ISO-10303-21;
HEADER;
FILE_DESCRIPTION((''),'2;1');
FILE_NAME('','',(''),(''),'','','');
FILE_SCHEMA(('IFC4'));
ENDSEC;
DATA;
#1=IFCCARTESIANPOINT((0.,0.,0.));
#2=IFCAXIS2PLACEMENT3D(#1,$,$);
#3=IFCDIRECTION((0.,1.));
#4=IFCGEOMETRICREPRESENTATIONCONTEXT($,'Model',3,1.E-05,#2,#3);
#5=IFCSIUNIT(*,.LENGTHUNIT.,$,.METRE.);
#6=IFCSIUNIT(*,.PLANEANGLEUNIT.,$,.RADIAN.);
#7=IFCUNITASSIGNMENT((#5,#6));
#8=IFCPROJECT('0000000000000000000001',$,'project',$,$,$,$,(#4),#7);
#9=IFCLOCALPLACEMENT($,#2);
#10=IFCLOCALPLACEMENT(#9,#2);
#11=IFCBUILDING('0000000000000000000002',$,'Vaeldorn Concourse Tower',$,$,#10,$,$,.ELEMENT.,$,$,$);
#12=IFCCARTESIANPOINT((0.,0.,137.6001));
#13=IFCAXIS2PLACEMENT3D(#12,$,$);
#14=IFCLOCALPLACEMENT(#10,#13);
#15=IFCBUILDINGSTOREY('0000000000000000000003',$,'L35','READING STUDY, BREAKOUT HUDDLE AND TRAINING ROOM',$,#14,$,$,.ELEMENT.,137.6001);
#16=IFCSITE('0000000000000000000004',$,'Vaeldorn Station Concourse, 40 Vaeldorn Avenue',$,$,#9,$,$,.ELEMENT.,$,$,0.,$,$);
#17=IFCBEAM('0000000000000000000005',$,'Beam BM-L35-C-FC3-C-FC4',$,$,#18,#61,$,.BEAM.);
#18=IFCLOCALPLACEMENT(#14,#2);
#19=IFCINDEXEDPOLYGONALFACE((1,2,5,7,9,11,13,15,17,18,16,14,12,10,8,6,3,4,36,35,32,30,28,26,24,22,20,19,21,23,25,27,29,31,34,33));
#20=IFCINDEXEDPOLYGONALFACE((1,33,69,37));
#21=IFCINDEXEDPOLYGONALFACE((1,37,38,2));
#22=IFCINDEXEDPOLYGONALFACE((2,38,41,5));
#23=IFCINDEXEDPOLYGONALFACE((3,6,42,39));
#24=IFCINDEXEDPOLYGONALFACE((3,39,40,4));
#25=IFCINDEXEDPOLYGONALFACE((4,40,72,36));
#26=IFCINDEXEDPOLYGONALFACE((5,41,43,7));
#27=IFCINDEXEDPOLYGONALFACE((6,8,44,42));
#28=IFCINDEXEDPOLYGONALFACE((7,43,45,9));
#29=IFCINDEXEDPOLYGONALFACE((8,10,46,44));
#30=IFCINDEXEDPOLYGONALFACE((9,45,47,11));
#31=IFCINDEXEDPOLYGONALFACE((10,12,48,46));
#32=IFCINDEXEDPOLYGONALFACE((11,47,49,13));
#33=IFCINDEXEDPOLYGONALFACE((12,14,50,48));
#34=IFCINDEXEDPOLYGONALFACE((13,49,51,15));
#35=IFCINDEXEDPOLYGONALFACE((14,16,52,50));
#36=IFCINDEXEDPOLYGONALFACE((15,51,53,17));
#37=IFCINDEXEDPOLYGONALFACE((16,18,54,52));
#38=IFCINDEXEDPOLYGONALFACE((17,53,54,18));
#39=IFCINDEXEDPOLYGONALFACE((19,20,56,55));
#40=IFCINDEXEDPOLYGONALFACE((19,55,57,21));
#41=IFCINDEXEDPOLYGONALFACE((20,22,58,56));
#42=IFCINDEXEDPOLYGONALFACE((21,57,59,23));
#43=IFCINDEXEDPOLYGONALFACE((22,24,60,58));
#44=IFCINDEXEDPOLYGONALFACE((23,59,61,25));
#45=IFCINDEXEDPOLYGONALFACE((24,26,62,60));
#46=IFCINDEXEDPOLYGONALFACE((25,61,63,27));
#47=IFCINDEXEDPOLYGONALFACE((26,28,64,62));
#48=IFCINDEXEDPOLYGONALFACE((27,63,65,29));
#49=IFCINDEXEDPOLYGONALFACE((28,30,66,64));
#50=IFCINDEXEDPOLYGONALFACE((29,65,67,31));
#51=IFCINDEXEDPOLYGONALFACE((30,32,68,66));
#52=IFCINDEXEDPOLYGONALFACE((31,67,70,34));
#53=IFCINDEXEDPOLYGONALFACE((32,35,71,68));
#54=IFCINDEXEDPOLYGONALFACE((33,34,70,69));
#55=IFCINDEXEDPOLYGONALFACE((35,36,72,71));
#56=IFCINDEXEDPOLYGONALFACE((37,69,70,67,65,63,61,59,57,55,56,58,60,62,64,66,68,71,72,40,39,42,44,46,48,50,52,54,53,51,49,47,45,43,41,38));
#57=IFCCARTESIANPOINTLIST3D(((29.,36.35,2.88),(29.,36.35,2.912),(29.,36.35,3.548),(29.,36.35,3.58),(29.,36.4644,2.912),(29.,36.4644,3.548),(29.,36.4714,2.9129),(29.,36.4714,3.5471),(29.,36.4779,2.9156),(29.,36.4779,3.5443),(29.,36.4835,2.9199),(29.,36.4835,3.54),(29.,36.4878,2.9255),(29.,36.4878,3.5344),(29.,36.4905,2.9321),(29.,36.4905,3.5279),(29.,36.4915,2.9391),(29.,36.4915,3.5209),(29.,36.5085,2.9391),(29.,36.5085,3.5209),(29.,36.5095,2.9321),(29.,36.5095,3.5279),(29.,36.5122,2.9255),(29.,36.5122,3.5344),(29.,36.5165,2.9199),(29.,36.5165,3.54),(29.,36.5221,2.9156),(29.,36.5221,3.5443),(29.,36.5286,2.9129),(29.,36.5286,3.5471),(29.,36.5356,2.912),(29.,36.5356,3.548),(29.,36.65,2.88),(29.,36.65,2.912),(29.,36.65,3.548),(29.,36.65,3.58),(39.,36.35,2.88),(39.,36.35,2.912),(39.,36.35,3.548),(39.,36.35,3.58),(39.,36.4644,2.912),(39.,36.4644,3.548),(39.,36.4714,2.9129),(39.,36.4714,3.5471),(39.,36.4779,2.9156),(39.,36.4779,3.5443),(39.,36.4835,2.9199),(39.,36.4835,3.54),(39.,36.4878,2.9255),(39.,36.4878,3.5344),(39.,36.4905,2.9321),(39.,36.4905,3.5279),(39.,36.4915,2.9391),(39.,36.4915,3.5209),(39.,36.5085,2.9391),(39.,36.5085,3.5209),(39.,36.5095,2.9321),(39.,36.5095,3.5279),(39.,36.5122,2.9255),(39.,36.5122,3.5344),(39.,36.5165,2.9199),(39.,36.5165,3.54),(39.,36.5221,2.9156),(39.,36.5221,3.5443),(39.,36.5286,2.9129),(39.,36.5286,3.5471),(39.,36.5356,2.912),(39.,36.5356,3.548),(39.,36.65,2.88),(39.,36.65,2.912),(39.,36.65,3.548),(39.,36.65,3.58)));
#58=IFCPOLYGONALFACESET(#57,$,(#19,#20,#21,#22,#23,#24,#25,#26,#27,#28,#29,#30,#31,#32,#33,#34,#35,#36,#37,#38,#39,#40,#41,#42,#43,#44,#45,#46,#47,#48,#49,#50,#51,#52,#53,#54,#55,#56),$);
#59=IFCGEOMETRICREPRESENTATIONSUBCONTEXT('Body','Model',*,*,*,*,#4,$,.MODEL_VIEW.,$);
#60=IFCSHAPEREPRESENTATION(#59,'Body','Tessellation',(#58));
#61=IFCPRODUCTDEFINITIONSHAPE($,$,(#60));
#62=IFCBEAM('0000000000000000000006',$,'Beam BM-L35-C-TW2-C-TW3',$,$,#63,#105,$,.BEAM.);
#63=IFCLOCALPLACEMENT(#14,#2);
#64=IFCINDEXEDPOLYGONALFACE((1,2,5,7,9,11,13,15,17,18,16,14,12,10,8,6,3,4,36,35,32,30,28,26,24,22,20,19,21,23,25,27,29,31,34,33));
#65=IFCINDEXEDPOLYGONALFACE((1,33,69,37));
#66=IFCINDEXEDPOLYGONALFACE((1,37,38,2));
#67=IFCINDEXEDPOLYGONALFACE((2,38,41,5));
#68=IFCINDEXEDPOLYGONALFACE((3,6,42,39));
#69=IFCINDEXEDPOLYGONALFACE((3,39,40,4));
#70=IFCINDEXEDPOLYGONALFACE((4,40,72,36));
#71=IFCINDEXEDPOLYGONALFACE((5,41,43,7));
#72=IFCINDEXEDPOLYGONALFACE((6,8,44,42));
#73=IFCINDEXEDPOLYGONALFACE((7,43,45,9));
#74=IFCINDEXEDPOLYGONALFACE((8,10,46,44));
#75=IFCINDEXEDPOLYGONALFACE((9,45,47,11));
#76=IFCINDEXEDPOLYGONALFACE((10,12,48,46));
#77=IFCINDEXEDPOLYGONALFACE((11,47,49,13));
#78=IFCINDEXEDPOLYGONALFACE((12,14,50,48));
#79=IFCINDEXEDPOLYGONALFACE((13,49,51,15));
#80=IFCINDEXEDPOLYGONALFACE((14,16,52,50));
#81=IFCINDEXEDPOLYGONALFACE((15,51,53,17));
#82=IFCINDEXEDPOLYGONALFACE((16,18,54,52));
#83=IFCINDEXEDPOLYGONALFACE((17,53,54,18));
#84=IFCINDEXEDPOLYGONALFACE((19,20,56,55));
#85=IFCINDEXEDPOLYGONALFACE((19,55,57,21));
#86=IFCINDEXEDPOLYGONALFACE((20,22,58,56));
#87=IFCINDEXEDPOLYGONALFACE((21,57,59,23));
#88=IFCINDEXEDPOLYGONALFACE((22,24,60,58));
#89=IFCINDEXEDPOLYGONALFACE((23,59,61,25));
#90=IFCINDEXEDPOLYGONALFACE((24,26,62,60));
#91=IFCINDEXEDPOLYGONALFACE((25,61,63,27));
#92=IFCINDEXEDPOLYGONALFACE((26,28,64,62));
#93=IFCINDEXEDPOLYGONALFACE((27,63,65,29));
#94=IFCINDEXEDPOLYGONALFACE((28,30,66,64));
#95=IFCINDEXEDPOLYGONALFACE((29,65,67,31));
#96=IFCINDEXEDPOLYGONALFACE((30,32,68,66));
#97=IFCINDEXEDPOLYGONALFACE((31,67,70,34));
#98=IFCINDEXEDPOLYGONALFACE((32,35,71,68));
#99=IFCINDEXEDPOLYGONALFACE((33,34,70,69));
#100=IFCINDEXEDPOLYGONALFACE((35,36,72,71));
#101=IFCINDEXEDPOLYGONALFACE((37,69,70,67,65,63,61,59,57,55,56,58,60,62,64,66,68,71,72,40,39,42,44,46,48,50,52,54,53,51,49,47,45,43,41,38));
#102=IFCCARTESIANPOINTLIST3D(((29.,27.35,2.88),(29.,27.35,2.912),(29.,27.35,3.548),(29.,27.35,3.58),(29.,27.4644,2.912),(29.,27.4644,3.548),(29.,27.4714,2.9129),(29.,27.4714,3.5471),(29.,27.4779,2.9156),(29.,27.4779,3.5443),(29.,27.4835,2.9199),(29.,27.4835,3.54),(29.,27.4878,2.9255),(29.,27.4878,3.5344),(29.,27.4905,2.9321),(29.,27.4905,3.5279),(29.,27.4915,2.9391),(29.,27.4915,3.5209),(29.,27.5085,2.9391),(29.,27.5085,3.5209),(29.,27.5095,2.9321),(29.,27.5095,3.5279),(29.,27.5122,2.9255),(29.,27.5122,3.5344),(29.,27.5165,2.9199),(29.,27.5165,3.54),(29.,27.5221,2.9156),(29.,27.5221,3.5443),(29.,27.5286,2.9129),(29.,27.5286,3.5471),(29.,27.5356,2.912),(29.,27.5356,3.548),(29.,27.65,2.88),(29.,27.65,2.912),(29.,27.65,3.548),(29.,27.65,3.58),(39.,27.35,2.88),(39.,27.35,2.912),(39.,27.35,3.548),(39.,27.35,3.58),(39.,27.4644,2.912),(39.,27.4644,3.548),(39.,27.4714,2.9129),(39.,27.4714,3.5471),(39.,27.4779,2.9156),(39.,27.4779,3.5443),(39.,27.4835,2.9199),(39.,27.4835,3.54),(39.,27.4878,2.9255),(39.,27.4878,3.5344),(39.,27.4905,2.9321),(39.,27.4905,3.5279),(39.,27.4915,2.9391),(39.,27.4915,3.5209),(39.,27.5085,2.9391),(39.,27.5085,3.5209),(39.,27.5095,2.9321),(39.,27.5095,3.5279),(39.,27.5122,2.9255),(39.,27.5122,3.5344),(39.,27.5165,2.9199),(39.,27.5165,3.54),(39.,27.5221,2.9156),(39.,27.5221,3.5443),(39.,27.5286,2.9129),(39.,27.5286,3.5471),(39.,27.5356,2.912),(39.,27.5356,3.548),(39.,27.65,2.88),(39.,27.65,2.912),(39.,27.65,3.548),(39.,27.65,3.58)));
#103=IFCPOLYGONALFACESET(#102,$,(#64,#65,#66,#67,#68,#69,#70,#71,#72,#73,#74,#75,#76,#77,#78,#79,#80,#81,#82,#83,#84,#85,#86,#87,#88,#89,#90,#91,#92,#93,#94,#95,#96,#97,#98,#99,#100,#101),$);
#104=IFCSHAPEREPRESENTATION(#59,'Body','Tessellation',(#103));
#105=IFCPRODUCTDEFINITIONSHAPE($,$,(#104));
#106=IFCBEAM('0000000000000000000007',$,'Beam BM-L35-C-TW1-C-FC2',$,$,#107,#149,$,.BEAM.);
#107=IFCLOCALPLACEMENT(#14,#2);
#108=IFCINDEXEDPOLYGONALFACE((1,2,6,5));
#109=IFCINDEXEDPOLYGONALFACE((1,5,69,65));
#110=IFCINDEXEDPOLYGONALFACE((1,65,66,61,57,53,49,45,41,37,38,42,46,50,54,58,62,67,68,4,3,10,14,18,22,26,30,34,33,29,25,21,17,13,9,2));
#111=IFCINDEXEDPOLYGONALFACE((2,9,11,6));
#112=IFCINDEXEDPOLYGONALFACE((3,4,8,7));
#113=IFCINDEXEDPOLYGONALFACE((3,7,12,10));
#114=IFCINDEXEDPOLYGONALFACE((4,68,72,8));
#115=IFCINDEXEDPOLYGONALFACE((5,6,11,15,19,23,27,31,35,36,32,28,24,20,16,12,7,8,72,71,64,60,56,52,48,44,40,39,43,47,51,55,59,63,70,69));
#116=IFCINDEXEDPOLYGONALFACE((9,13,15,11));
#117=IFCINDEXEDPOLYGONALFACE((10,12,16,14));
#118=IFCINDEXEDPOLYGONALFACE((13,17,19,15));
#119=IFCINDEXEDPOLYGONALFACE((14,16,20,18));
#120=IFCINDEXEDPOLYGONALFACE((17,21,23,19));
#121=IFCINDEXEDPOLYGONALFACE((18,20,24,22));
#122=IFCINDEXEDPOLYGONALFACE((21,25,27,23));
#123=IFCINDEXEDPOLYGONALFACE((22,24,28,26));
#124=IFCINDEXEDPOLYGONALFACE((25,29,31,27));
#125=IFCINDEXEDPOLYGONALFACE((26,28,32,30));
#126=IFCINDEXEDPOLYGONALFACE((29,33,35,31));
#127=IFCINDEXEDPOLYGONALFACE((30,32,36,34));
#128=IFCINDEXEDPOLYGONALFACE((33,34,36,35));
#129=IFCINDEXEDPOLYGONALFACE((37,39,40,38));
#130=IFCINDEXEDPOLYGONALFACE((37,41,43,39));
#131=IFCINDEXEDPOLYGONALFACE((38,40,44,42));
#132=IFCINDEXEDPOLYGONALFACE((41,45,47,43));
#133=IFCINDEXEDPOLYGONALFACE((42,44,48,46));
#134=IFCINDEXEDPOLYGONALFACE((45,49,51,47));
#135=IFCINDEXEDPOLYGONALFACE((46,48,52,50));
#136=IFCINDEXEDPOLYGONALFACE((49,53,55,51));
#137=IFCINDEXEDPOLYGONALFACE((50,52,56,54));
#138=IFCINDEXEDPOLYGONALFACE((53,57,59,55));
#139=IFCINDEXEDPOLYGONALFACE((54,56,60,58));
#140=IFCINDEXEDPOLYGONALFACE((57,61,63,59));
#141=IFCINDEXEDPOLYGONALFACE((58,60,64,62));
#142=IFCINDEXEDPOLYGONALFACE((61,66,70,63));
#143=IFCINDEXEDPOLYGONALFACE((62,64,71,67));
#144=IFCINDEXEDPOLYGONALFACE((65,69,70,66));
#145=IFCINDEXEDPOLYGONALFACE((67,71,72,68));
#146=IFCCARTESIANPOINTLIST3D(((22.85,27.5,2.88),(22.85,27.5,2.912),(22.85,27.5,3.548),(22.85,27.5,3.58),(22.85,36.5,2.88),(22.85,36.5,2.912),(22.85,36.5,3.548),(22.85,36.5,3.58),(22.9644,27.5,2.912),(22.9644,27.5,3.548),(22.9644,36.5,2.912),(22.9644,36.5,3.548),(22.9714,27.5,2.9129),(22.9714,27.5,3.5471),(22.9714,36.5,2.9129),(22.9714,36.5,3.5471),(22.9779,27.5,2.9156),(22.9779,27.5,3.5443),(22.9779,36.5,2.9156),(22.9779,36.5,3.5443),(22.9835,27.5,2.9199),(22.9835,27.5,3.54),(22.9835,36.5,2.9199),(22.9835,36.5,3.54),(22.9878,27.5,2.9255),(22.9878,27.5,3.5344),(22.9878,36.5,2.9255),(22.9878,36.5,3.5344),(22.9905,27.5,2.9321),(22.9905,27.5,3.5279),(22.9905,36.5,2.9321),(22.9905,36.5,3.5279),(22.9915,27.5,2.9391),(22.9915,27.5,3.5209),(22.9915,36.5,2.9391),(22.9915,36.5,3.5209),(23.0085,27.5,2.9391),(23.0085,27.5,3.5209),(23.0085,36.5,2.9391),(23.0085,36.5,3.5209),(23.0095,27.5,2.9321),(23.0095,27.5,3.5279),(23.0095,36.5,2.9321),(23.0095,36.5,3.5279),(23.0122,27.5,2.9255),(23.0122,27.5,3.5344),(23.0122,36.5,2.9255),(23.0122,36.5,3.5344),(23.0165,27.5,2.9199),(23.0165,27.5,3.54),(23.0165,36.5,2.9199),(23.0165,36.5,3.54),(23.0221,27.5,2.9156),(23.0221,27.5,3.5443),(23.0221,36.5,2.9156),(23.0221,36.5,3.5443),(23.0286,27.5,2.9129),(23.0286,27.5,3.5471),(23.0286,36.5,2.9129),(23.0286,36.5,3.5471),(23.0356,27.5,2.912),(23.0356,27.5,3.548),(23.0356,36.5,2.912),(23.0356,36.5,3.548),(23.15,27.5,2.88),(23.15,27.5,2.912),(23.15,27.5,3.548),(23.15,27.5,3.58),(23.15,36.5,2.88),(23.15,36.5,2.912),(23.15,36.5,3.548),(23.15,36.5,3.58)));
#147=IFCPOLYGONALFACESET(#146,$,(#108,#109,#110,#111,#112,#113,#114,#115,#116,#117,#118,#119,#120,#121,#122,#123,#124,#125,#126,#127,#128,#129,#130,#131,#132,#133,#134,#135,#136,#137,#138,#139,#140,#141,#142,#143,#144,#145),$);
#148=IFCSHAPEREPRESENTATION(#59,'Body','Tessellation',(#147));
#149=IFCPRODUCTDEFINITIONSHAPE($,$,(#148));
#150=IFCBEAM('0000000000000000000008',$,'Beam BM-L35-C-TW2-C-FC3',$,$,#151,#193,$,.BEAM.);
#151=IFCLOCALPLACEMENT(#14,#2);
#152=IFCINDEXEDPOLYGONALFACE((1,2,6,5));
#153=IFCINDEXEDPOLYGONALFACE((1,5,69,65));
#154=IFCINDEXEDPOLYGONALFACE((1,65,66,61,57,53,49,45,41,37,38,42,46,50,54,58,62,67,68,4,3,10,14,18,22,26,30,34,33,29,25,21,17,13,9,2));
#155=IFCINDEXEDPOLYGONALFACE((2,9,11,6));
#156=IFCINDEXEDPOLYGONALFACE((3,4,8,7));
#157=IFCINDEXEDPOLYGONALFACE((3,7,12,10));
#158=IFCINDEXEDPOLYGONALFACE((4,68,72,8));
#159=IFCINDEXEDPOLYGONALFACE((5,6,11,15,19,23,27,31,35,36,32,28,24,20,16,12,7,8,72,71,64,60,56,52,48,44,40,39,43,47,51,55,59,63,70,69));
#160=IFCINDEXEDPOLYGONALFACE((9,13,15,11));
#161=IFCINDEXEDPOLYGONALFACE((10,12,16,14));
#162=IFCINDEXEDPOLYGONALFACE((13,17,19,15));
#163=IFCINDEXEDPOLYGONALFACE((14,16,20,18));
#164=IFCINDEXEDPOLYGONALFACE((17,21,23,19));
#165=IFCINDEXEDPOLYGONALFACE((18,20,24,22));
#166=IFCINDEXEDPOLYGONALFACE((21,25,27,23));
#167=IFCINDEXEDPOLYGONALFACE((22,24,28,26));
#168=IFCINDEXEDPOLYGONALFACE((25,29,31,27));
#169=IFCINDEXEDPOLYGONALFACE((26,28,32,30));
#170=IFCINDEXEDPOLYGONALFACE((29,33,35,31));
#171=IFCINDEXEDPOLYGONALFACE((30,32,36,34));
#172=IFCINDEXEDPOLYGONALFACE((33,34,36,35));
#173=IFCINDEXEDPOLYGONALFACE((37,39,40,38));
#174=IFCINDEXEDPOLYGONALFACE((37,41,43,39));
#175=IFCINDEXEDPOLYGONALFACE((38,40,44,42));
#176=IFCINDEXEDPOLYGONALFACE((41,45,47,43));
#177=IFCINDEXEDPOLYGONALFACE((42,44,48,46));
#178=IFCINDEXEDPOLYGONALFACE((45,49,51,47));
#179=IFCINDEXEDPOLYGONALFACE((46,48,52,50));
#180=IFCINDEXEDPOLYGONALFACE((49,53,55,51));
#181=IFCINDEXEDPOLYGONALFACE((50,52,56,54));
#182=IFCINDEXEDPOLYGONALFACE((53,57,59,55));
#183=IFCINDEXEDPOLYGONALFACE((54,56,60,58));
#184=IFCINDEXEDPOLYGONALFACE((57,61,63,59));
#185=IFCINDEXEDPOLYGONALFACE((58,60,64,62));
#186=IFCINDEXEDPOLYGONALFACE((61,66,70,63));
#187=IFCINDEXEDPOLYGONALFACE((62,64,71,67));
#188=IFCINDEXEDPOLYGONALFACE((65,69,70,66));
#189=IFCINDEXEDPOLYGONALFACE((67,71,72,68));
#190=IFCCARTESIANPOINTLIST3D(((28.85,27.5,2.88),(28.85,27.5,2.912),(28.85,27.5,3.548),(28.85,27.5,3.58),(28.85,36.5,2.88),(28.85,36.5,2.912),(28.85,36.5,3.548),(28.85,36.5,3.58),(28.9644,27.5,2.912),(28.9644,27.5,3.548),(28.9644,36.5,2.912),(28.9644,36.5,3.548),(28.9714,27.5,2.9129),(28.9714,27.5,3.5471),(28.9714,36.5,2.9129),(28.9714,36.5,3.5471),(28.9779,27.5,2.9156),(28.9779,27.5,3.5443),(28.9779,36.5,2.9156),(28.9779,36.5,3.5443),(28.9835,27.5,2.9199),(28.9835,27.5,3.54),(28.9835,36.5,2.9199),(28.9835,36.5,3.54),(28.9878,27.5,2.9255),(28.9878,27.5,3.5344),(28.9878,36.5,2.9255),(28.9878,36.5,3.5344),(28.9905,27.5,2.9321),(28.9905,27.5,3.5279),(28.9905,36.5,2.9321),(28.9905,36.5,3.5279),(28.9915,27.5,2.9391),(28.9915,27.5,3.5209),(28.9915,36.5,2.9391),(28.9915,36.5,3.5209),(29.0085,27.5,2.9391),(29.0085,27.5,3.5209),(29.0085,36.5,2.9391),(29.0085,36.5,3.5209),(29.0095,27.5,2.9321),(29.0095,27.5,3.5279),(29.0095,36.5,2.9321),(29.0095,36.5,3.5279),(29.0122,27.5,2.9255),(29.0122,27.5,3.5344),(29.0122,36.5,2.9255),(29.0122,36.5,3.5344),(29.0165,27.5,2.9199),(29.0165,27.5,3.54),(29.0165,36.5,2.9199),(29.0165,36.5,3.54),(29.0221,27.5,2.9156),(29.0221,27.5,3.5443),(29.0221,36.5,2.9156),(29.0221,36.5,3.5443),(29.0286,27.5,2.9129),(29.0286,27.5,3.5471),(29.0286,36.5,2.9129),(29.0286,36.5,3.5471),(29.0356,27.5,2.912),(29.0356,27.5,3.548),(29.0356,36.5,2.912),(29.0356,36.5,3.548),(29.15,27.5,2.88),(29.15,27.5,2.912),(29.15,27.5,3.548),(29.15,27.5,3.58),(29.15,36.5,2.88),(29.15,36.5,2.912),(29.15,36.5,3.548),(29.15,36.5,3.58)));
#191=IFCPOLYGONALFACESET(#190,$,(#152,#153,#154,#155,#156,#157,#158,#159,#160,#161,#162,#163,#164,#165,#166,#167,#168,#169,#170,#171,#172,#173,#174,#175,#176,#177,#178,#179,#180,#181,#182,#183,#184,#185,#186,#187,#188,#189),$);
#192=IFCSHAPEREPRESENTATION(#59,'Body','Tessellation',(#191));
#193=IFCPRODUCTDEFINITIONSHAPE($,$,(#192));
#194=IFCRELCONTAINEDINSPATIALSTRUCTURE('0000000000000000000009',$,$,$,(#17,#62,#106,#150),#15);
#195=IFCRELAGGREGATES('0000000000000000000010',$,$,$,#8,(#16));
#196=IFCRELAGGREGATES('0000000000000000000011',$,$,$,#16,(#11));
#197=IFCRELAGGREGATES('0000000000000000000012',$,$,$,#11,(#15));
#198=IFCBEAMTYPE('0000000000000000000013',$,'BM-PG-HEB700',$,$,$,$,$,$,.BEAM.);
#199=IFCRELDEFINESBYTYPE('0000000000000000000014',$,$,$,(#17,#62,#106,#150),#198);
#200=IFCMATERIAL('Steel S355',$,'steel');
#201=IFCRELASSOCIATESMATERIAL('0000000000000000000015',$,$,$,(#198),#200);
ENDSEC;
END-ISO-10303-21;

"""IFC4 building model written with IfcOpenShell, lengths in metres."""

from ifc_helpers import new_model, si_unit, direction, frame, origin, origin_2d, place, context, subcontext, project, spatial, i_section, extrude, source, transform, mapped, material, material_profile, profile_set, type_object, element, save


model = new_model("IFC4")

# Units and contexts
model_context = context("Model", 3, precision=1e-05, world=origin(), true_north=direction((0.0, 1.0)))
body_context = subcontext(model_context, "Body", "Model", "MODEL_VIEW")
ifc_project = project(units=[si_unit("LENGTHUNIT", "METRE"), si_unit("PLANEANGLEUNIT", "RADIAN")], contexts=[model_context])

# Site, building, storey
site_placement = place(None, origin())
site = spatial("IfcSite", under=ifc_project, at=site_placement, Name="Vaeldorn Station Concourse, 40 Vaeldorn Avenue", CompositionType="ELEMENT", RefElevation=0.0)
building_placement = place(site_placement, origin())
building = spatial("IfcBuilding", under=site, at=building_placement, Name="Vaeldorn Concourse Tower", CompositionType="ELEMENT")
storey_placement = place(building_placement, frame((0.0, 0.0, 137.6001)))
storey = spatial("IfcBuildingStorey", under=building, at=storey_placement, Name="L35", Description="READING STUDY, BREAKOUT HUDDLE AND TRAINING ROOM", CompositionType="ELEMENT", Elevation=137.6001)

# Beams
ifc_material_1 = material(Name="Steel S355", Category="steel")
ifc_material_profile_1 = material_profile(ifc_material_1, i_section(OverallWidth=0.3, OverallDepth=0.7, WebThickness=0.0171, FlangeThickness=0.032, FilletRadius=0.0271, at=origin_2d()), Name="HEB 700")
ifc_profile_set_1 = profile_set([ifc_material_profile_1], Name="Steel S355")
beam_type_1 = type_object("IfcBeamType", Name="BM-PG-HEB700", PredefinedType="BEAM", material=ifc_profile_set_1)
shared_shape_1 = source(origin(), body_context, "Body", "SweptSolid", [
    extrude(i_section(OverallWidth=0.3, OverallDepth=0.7, WebThickness=0.0171, FlangeThickness=0.032, FilletRadius=0.0271, at=origin_2d()), origin(), (0.0, 0.0, 1.0), 10.0),
])
for number, where, z_axis, x_axis, name in (
    (1, (29.0, 36.5, 3.23), (1.0, 0.0, 0.0), (0.0, 1.0, 0.0), "Beam BM-L35-C-FC3-C-FC4"),
    (2, (29.0, 27.5, 3.23), (1.0, 0.0, 0.0), (0.0, 1.0, 0.0), "Beam BM-L35-C-TW2-C-TW3"),
):
    element("IfcBeam", number, at=place(storey_placement, frame(where, z_axis=z_axis, x_axis=x_axis)), inside=storey, type_object=beam_type_1, Name=name, PredefinedType="BEAM", context=body_context, shape_type="MappedRepresentation", body=[
        mapped(shared_shape_1, transform((0.0, 0.0, 0.0), scale=1.0)),
    ])
shared_shape_2 = source(origin(), body_context, "Body", "SweptSolid", [
    extrude(i_section(OverallWidth=0.3, OverallDepth=0.7, WebThickness=0.0171, FlangeThickness=0.032, FilletRadius=0.0271, at=origin_2d()), origin(), (0.0, 0.0, 1.0), 9.0),
])
for number, where, z_axis, x_axis, name in (
    (3, (23.0, 27.5, 3.23), (0.0, 1.0, 0.0), (-1.0, 0.0, 0.0), "Beam BM-L35-C-TW1-C-FC2"),
    (4, (29.0, 27.5, 3.23), (0.0, 1.0, 0.0), (-1.0, 0.0, 0.0), "Beam BM-L35-C-TW2-C-FC3"),
):
    element("IfcBeam", number, at=place(storey_placement, frame(where, z_axis=z_axis, x_axis=x_axis)), inside=storey, type_object=beam_type_1, Name=name, PredefinedType="BEAM", context=body_context, shape_type="MappedRepresentation", body=[
        mapped(shared_shape_2, transform((0.0, 0.0, 0.0), scale=1.0)),
    ])

save(model, "model.ifc")
